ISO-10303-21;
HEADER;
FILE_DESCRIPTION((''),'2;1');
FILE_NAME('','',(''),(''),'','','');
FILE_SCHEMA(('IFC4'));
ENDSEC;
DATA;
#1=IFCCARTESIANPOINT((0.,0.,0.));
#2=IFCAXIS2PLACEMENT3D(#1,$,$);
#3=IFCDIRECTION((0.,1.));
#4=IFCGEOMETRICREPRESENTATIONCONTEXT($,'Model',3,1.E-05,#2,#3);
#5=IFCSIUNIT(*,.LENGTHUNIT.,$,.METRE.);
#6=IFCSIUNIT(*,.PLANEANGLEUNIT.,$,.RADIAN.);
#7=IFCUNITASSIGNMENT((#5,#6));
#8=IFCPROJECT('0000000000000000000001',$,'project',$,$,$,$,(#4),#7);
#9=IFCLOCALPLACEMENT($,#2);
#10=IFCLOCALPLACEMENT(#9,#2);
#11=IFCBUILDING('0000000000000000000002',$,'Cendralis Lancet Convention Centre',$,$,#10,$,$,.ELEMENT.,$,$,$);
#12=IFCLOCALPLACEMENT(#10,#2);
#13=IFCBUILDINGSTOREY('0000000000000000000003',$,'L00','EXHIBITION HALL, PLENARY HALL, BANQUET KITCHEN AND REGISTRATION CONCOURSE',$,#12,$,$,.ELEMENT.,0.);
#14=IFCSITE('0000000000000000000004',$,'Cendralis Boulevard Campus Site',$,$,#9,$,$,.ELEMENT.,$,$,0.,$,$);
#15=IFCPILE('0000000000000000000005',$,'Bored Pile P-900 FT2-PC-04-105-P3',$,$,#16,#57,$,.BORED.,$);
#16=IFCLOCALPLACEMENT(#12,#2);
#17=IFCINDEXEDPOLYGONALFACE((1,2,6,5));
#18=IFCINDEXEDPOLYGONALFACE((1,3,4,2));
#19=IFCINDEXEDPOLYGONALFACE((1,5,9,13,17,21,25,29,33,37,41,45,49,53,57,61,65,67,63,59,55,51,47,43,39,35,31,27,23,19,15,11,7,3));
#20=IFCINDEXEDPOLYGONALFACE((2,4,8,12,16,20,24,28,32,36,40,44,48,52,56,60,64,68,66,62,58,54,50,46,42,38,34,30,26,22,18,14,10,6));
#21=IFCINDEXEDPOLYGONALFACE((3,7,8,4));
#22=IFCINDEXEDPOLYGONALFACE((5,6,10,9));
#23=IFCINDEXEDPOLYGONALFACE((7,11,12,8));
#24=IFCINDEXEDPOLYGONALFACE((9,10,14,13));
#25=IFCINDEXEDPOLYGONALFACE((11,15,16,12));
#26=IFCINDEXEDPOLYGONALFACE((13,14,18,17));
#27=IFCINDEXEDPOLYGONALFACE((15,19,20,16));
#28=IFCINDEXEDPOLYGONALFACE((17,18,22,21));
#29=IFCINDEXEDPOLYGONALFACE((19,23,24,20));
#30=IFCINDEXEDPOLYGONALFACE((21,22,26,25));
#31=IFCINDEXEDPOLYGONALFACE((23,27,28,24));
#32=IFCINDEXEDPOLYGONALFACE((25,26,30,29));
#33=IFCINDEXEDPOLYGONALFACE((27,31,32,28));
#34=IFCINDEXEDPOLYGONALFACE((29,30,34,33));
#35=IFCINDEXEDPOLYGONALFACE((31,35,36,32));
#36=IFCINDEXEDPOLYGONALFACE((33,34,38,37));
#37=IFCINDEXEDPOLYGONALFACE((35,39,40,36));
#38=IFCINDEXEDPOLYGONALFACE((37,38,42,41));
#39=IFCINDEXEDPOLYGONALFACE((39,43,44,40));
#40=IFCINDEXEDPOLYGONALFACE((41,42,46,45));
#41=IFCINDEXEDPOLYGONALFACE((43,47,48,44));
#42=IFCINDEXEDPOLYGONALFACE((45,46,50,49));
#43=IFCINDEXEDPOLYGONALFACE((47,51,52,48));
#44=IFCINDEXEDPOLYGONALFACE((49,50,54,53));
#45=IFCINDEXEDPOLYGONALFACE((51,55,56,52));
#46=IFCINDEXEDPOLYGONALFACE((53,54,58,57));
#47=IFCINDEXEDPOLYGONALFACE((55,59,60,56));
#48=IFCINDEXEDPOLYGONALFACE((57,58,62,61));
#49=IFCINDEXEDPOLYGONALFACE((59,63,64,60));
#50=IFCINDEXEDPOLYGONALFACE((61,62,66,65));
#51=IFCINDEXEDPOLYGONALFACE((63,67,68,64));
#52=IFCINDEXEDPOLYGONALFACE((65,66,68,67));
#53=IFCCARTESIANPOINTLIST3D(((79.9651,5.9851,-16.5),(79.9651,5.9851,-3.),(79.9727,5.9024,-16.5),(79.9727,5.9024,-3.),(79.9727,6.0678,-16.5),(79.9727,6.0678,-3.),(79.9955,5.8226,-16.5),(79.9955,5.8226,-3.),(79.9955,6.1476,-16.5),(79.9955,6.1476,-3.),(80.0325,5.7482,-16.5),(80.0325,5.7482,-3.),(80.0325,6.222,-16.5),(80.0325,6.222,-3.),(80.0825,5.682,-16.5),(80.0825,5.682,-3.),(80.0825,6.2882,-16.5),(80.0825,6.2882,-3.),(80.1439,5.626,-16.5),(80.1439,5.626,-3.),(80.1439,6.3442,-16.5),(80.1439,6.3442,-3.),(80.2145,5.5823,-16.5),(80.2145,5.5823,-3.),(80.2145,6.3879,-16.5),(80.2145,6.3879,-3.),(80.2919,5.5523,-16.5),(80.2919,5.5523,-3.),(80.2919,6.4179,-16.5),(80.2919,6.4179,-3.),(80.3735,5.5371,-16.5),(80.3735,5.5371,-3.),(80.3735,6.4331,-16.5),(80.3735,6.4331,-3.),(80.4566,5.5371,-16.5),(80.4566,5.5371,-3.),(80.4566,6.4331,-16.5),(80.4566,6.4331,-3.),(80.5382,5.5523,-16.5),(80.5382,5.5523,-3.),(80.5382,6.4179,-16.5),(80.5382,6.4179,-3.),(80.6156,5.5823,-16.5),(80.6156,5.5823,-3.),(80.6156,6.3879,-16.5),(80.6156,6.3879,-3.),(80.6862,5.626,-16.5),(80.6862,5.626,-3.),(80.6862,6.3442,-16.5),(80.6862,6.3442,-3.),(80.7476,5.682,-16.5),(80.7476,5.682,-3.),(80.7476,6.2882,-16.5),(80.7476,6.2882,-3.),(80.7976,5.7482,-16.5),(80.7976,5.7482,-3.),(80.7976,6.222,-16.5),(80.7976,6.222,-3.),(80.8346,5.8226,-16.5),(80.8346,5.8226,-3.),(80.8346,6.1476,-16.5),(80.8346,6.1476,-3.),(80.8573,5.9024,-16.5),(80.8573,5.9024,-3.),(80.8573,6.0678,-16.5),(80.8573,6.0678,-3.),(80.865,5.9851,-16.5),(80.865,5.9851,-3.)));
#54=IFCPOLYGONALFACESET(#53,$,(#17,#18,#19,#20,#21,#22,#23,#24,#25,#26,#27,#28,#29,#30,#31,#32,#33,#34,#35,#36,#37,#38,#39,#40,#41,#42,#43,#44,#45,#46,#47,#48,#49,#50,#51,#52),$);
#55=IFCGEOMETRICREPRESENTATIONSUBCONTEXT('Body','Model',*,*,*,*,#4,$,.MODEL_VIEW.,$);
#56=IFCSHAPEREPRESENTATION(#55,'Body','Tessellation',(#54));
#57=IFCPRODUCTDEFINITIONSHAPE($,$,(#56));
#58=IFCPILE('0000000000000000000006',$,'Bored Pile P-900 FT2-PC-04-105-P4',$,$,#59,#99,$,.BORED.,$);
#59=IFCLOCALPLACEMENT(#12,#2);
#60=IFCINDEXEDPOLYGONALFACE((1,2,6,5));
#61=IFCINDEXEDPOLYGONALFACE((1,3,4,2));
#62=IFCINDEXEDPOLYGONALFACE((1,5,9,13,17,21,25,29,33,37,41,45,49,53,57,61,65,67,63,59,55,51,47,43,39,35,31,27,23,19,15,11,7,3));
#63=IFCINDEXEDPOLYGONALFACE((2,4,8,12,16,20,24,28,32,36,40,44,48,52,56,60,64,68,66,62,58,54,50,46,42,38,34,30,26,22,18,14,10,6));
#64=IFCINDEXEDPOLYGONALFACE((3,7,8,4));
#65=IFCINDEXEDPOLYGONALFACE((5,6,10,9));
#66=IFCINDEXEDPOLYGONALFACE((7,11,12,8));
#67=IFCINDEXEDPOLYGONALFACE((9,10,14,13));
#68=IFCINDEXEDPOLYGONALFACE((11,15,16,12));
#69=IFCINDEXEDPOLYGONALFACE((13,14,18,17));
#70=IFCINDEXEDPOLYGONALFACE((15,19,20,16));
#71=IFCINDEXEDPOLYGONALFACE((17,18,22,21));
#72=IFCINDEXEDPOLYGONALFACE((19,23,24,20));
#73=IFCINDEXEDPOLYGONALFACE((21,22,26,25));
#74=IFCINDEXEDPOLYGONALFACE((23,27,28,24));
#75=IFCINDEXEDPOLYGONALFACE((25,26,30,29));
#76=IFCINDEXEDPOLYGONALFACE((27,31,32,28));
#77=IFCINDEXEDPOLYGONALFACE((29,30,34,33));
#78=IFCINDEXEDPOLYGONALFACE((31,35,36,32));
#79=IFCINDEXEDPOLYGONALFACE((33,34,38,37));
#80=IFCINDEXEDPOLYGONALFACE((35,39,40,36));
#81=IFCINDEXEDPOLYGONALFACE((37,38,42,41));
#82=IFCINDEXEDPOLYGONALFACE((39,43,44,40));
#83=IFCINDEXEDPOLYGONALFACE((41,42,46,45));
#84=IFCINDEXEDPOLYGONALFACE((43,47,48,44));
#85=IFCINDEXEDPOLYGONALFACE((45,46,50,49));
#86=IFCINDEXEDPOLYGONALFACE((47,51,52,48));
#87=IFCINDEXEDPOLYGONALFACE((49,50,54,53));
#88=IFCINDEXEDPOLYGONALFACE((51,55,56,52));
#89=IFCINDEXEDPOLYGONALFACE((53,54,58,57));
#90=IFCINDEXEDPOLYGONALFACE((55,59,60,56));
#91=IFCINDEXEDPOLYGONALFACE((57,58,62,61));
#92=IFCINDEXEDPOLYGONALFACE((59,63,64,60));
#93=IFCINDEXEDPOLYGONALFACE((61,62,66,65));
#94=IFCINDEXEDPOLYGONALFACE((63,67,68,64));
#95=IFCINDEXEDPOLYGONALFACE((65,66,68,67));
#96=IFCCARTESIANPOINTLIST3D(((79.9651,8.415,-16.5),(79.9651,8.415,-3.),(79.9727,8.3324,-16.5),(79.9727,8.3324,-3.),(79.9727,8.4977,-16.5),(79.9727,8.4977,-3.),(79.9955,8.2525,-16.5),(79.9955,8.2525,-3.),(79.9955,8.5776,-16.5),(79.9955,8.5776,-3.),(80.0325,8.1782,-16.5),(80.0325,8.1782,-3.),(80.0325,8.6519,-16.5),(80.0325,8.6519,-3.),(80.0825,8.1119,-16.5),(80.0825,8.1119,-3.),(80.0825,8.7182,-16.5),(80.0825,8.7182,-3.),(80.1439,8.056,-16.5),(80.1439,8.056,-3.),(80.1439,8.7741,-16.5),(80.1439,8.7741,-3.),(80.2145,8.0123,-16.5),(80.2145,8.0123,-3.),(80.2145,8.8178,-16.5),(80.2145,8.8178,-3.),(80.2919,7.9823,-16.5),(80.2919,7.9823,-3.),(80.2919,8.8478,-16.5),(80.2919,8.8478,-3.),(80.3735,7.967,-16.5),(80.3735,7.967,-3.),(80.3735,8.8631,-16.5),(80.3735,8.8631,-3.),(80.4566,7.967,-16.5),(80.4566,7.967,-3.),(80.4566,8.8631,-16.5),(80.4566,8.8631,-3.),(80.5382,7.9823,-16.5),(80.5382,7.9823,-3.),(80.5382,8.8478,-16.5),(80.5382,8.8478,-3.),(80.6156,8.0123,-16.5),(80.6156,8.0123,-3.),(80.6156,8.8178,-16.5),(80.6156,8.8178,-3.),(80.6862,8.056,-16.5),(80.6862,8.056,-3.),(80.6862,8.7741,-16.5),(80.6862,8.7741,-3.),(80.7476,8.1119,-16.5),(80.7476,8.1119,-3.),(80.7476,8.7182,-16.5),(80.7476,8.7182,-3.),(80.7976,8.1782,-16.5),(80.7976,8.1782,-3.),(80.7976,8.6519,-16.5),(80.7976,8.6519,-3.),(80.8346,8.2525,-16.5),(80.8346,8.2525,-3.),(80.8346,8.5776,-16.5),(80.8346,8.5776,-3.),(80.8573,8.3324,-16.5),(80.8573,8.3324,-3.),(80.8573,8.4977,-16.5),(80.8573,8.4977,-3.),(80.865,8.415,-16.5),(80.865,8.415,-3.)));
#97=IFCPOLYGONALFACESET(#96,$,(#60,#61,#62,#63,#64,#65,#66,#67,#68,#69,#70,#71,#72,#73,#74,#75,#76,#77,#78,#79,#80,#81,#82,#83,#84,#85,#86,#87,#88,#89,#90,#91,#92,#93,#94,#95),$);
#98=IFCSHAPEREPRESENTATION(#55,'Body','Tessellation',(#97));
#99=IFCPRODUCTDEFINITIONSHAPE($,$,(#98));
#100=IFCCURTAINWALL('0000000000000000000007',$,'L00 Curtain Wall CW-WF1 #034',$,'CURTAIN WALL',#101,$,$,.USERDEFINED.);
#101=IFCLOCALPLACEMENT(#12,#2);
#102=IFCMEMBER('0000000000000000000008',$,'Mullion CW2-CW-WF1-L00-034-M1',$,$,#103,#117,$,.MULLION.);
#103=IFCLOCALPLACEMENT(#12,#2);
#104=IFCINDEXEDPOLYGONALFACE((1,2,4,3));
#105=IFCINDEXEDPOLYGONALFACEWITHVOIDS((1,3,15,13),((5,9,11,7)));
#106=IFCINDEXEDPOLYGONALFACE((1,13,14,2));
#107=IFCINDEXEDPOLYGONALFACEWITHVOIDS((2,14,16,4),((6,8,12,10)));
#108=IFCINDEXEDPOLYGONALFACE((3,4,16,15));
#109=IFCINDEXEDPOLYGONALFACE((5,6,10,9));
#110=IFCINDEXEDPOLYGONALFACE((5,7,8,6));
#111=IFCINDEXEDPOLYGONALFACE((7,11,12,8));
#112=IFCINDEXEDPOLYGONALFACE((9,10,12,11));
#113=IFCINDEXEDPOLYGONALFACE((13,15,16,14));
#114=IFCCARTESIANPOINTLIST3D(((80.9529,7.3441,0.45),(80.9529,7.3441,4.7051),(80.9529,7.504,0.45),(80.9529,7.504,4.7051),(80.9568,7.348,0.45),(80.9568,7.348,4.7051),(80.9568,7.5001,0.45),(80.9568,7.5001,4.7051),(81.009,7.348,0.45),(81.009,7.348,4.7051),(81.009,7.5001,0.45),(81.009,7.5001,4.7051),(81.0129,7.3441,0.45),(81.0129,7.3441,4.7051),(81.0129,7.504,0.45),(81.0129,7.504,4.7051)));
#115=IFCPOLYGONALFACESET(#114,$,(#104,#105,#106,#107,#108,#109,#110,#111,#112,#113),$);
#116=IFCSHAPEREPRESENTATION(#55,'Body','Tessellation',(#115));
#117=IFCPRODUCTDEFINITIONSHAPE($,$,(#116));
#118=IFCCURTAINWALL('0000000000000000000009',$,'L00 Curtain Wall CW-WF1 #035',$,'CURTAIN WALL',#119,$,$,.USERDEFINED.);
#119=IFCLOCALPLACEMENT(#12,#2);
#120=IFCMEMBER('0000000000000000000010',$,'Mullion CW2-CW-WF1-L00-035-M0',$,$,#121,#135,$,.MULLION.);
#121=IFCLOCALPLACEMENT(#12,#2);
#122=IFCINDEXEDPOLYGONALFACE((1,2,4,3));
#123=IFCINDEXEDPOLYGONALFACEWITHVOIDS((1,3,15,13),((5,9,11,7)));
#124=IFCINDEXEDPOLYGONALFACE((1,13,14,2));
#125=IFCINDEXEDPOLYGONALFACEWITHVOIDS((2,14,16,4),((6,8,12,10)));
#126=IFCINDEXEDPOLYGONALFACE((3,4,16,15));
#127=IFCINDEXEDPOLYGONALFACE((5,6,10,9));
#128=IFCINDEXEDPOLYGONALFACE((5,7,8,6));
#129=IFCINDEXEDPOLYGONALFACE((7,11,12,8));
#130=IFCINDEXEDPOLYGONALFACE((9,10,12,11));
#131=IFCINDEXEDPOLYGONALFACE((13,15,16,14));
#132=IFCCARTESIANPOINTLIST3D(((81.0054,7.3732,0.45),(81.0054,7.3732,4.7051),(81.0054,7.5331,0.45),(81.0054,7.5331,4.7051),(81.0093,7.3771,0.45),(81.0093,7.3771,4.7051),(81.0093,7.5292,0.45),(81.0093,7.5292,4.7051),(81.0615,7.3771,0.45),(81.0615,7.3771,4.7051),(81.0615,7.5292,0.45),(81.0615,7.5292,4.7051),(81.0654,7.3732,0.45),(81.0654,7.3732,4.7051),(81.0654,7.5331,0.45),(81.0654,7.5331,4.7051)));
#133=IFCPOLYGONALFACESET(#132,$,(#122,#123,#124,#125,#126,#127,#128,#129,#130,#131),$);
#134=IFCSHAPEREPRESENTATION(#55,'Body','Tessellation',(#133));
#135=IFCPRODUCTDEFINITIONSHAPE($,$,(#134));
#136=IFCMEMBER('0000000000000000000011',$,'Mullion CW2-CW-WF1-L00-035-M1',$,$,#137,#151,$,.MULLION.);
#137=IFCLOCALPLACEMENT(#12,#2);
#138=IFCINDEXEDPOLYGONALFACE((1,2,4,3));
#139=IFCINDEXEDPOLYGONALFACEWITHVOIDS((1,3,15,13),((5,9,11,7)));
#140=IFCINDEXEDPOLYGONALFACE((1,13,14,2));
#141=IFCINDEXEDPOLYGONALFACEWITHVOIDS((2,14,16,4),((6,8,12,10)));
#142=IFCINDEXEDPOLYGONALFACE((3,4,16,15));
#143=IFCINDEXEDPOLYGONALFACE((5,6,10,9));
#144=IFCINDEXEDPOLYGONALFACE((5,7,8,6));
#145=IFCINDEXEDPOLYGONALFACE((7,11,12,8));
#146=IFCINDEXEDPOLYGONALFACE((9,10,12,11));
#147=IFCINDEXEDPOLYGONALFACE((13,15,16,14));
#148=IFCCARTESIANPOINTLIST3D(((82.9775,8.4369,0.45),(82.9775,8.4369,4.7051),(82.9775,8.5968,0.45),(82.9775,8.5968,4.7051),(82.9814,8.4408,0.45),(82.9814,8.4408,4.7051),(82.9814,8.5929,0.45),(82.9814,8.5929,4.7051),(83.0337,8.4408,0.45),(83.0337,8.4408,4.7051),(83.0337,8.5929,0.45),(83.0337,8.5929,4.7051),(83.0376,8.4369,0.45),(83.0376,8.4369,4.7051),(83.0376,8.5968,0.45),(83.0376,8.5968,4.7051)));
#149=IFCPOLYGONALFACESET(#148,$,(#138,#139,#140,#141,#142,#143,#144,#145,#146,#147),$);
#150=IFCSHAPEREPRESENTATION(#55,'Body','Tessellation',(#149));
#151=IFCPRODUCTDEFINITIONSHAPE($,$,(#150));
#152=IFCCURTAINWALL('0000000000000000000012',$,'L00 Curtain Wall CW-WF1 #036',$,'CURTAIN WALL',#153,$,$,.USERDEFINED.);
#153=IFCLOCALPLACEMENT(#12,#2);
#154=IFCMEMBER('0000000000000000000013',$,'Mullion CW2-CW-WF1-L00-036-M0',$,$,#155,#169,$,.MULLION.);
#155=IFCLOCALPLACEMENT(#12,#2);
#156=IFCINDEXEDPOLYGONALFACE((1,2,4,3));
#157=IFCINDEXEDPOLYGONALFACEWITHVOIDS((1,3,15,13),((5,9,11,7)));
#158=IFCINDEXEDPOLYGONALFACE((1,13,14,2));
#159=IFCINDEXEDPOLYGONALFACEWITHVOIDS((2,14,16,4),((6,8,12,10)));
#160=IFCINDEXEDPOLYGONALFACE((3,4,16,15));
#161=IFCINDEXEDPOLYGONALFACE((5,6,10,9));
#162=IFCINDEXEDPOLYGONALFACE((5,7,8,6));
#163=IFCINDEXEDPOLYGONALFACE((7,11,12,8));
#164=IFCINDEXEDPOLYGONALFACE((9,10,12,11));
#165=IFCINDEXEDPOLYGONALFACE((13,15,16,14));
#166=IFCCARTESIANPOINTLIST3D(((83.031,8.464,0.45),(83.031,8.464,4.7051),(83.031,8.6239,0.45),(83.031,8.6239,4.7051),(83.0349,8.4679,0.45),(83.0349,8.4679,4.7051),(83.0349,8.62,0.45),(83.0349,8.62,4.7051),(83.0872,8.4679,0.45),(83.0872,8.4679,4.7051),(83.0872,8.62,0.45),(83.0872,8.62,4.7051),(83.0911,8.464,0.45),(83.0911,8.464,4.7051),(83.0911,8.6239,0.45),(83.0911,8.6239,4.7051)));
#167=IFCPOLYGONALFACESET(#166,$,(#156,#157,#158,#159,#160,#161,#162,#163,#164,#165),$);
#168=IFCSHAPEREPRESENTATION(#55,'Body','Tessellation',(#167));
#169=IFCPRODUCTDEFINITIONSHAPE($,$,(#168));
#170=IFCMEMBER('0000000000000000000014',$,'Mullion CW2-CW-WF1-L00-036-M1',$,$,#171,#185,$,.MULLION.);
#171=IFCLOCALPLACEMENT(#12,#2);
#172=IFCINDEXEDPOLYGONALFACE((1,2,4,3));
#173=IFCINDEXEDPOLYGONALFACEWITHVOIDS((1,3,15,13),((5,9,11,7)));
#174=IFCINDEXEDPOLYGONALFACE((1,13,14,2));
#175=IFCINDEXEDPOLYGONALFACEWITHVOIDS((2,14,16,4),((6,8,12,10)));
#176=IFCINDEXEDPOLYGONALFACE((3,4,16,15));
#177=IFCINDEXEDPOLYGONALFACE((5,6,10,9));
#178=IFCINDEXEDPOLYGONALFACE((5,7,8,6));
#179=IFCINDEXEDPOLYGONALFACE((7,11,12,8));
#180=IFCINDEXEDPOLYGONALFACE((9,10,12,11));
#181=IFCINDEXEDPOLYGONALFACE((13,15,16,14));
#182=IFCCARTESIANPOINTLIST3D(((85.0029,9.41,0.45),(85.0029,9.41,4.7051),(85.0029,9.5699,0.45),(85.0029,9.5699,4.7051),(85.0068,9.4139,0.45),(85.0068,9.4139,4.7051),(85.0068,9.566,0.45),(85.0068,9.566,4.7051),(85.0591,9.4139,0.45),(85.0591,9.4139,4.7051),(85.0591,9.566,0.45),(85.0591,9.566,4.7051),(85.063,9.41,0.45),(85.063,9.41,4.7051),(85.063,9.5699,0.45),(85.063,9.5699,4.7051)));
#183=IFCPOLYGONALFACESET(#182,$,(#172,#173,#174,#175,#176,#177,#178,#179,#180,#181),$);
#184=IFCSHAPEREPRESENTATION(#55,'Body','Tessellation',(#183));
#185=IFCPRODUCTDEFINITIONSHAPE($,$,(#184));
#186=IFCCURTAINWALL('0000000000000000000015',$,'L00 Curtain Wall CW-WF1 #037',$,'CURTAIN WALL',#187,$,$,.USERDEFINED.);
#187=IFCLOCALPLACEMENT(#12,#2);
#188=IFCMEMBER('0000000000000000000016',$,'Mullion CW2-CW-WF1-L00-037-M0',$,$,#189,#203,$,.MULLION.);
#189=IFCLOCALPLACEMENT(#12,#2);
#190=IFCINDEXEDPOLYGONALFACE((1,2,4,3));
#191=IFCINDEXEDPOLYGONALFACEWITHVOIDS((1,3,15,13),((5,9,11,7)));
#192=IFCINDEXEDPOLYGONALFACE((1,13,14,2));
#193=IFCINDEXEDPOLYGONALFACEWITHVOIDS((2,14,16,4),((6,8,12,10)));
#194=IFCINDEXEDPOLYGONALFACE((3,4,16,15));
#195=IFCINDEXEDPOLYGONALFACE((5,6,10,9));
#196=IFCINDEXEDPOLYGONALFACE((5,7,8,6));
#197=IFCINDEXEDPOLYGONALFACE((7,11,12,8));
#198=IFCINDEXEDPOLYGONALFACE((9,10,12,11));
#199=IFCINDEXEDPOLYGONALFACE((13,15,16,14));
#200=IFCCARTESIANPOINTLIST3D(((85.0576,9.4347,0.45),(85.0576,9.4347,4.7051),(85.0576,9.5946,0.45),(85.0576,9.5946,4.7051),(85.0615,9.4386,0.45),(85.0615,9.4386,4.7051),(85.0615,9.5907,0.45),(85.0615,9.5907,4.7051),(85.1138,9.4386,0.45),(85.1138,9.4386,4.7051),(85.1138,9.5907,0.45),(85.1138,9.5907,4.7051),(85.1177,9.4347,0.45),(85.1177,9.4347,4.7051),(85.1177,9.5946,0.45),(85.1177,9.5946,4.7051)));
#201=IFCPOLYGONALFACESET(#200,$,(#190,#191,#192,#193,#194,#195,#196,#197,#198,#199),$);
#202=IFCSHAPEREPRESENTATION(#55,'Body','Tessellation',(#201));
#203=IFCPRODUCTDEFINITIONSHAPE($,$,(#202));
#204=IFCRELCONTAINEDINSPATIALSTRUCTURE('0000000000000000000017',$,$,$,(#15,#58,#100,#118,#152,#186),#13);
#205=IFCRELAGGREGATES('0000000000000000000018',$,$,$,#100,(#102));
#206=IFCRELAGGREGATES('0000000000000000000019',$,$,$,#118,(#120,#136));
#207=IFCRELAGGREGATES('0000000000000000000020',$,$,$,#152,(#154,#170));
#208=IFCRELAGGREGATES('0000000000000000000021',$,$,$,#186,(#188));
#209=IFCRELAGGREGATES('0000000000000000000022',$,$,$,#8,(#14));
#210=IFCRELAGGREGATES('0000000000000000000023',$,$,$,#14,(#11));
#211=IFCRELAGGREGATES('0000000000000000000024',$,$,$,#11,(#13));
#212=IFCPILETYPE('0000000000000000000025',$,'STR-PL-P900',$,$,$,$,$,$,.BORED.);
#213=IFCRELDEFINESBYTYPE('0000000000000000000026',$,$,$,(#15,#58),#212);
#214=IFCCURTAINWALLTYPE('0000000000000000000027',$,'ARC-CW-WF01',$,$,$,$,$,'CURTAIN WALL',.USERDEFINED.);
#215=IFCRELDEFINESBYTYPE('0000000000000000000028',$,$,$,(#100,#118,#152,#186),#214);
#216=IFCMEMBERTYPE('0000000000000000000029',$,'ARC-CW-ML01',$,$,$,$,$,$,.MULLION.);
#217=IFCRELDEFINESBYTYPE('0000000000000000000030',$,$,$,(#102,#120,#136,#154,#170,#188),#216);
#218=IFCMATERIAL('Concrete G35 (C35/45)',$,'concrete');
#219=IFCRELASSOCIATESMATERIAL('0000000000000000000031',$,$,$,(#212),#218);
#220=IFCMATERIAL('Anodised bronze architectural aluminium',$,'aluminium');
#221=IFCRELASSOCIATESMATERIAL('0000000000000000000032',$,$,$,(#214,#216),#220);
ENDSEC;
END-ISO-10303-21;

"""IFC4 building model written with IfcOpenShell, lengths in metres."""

from ifc_helpers import new_model, si_unit, direction, frame, origin, origin_2d, place, context, subcontext, project, spatial, hollow_rectangle, circle, extrude, material, material_profile, profile_set, type_object, element, aggregate, save


model = new_model("IFC4")

# Units and contexts
model_context = context("Model", 3, precision=1e-05, world=origin(), true_north=direction((0.0, 1.0)))
body_context = subcontext(model_context, "Body", "Model", "MODEL_VIEW")
ifc_project = project(units=[si_unit("LENGTHUNIT", "METRE"), si_unit("PLANEANGLEUNIT", "RADIAN")], contexts=[model_context])

# Site, building, storey
site_placement = place(None, origin())
site = spatial("IfcSite", under=ifc_project, at=site_placement, Name="Cendralis Boulevard Campus Site", CompositionType="ELEMENT", RefElevation=0.0)
building_placement = place(site_placement, origin())
building = spatial("IfcBuilding", under=site, at=building_placement, Name="Cendralis Lancet Convention Centre", CompositionType="ELEMENT")
storey_placement = place(building_placement, origin())
storey = spatial("IfcBuildingStorey", under=building, at=storey_placement, Name="L00", Description="EXHIBITION HALL, PLENARY HALL, BANQUET KITCHEN AND REGISTRATION CONCOURSE", CompositionType="ELEMENT", Elevation=0.0)

# Piles
ifc_material_1 = material(Name="Concrete G35 (C35/45)", Category="concrete")
ifc_material_profile_1 = material_profile(ifc_material_1, circle(Radius=0.45, at=origin_2d()), Name="BORED PILE D900")
ifc_profile_set_1 = profile_set([ifc_material_profile_1], Name="Concrete G35 (C35/45)")
pile_type = type_object("IfcPileType", Name="STR-PL-P900", PredefinedType="BORED", material=ifc_profile_set_1)
for number, where, z_axis, x_axis, name in (
    (1, (80.415, 5.9851, -3.0), (0.0, 0.0, -1.0), (1.0, 0.0, 0.0), "Bored Pile P-900 FT2-PC-04-105-P3"),
    (2, (80.415, 8.415, -3.0), (0.0, 0.0, -1.0), (1.0, 0.0, 0.0), "Bored Pile P-900 FT2-PC-04-105-P4"),
):
    element("IfcPile", number, at=place(storey_placement, frame(where, z_axis=z_axis, x_axis=x_axis)), inside=storey, type_object=pile_type, Name=name, PredefinedType="BORED", context=body_context, shape_type="SweptSolid", body=[
        extrude(circle(Radius=0.45, at=origin_2d()), origin(), (0.0, 0.0, 1.0), 13.5),
    ])

# Curtain wall, member
ifc_material_2 = material(Name="Anodised bronze architectural aluminium", Category="aluminium")
curtain_wall_type = type_object("IfcCurtainWallType", Name="ARC-CW-WF01", ElementType="CURTAIN WALL", PredefinedType="USERDEFINED", material=ifc_material_2)
curtain_wall_1_placement = place(storey_placement, origin())
curtain_wall_1 = element("IfcCurtainWall", 3, at=curtain_wall_1_placement, inside=storey, type_object=curtain_wall_type, Name="L00 Curtain Wall CW-WF1 #034", ObjectType="CURTAIN WALL", PredefinedType="USERDEFINED")
ifc_material_profile_2 = material_profile(ifc_material_2, hollow_rectangle(XDim=0.0601, YDim=0.1599, WallThickness=0.0039, at=origin_2d()), Name="AL-MULL 60x160x4.0")
ifc_profile_set_2 = profile_set([ifc_material_profile_2], Name="Anodised bronze architectural aluminium")
member_type_1 = type_object("IfcMemberType", Name="ARC-CW-ML01", PredefinedType="MULLION", material=ifc_profile_set_2)
member_1_placement = place(storey_placement, frame((80.9829, 7.4241, 0.45), z_axis=(0.0, 0.0, 1.0), x_axis=(1.0, 0.0, 0.0)))
member_1 = element("IfcMember", 4, at=member_1_placement, type_object=member_type_1, Name="Mullion CW2-CW-WF1-L00-034-M1", PredefinedType="MULLION", context=body_context, shape_type="SweptSolid", body=[
    extrude(hollow_rectangle(XDim=0.0601, YDim=0.1599, WallThickness=0.0039, at=origin_2d()), origin(), (0.0, 0.0, 1.0), 4.2551),
])

# Curtain walls, members
curtain_wall_2_placement = place(storey_placement, origin())
curtain_wall_2 = element("IfcCurtainWall", 5, at=curtain_wall_2_placement, inside=storey, type_object=curtain_wall_type, Name="L00 Curtain Wall CW-WF1 #035", ObjectType="CURTAIN WALL", PredefinedType="USERDEFINED")
member_2_placement = place(storey_placement, frame((81.0354, 7.4531, 0.45), z_axis=(0.0, 0.0, 1.0), x_axis=(1.0, 0.0, 0.0)))
member_2 = element("IfcMember", 6, at=member_2_placement, type_object=member_type_1, Name="Mullion CW2-CW-WF1-L00-035-M0", PredefinedType="MULLION", context=body_context, shape_type="SweptSolid", body=[
    extrude(hollow_rectangle(XDim=0.0601, YDim=0.1599, WallThickness=0.0039, at=origin_2d()), origin(), (0.0, 0.0, 1.0), 4.2551),
])
member_3_placement = place(storey_placement, frame((83.0076, 8.5168, 0.45), z_axis=(0.0, 0.0, 1.0), x_axis=(1.0, 0.0, 0.0)))
member_3 = element("IfcMember", 7, at=member_3_placement, type_object=member_type_1, Name="Mullion CW2-CW-WF1-L00-035-M1", PredefinedType="MULLION", context=body_context, shape_type="SweptSolid", body=[
    extrude(hollow_rectangle(XDim=0.0601, YDim=0.1599, WallThickness=0.0039, at=origin_2d()), origin(), (0.0, 0.0, 1.0), 4.2551),
])
curtain_wall_3_placement = place(storey_placement, origin())
curtain_wall_3 = element("IfcCurtainWall", 8, at=curtain_wall_3_placement, inside=storey, type_object=curtain_wall_type, Name="L00 Curtain Wall CW-WF1 #036", ObjectType="CURTAIN WALL", PredefinedType="USERDEFINED")
member_4_placement = place(storey_placement, frame((83.061, 8.5439, 0.45), z_axis=(0.0, 0.0, 1.0), x_axis=(1.0, 0.0, 0.0)))
member_4 = element("IfcMember", 9, at=member_4_placement, type_object=member_type_1, Name="Mullion CW2-CW-WF1-L00-036-M0", PredefinedType="MULLION", context=body_context, shape_type="SweptSolid", body=[
    extrude(hollow_rectangle(XDim=0.0601, YDim=0.1599, WallThickness=0.0039, at=origin_2d()), origin(), (0.0, 0.0, 1.0), 4.2551),
])
member_5_placement = place(storey_placement, frame((85.033, 9.49, 0.45), z_axis=(0.0, 0.0, 1.0), x_axis=(1.0, 0.0, 0.0)))
member_5 = element("IfcMember", 10, at=member_5_placement, type_object=member_type_1, Name="Mullion CW2-CW-WF1-L00-036-M1", PredefinedType="MULLION", context=body_context, shape_type="SweptSolid", body=[
    extrude(hollow_rectangle(XDim=0.0601, YDim=0.1599, WallThickness=0.0039, at=origin_2d()), origin(), (0.0, 0.0, 1.0), 4.2551),
])

# Curtain wall, member
curtain_wall_4_placement = place(storey_placement, origin())
curtain_wall_4 = element("IfcCurtainWall", 11, at=curtain_wall_4_placement, inside=storey, type_object=curtain_wall_type, Name="L00 Curtain Wall CW-WF1 #037", ObjectType="CURTAIN WALL", PredefinedType="USERDEFINED")
member_6_placement = place(storey_placement, frame((85.0876, 9.5146, 0.45), z_axis=(0.0, 0.0, 1.0), x_axis=(1.0, 0.0, 0.0)))
member_6 = element("IfcMember", 12, at=member_6_placement, type_object=member_type_1, Name="Mullion CW2-CW-WF1-L00-037-M0", PredefinedType="MULLION", context=body_context, shape_type="SweptSolid", body=[
    extrude(hollow_rectangle(XDim=0.0601, YDim=0.1599, WallThickness=0.0039, at=origin_2d()), origin(), (0.0, 0.0, 1.0), 4.2551),
])

aggregate(curtain_wall_1, [member_1])
aggregate(curtain_wall_2, [member_2, member_3])
aggregate(curtain_wall_3, [member_4, member_5])
aggregate(curtain_wall_4, [member_6])

save(model, "model.ifc")
